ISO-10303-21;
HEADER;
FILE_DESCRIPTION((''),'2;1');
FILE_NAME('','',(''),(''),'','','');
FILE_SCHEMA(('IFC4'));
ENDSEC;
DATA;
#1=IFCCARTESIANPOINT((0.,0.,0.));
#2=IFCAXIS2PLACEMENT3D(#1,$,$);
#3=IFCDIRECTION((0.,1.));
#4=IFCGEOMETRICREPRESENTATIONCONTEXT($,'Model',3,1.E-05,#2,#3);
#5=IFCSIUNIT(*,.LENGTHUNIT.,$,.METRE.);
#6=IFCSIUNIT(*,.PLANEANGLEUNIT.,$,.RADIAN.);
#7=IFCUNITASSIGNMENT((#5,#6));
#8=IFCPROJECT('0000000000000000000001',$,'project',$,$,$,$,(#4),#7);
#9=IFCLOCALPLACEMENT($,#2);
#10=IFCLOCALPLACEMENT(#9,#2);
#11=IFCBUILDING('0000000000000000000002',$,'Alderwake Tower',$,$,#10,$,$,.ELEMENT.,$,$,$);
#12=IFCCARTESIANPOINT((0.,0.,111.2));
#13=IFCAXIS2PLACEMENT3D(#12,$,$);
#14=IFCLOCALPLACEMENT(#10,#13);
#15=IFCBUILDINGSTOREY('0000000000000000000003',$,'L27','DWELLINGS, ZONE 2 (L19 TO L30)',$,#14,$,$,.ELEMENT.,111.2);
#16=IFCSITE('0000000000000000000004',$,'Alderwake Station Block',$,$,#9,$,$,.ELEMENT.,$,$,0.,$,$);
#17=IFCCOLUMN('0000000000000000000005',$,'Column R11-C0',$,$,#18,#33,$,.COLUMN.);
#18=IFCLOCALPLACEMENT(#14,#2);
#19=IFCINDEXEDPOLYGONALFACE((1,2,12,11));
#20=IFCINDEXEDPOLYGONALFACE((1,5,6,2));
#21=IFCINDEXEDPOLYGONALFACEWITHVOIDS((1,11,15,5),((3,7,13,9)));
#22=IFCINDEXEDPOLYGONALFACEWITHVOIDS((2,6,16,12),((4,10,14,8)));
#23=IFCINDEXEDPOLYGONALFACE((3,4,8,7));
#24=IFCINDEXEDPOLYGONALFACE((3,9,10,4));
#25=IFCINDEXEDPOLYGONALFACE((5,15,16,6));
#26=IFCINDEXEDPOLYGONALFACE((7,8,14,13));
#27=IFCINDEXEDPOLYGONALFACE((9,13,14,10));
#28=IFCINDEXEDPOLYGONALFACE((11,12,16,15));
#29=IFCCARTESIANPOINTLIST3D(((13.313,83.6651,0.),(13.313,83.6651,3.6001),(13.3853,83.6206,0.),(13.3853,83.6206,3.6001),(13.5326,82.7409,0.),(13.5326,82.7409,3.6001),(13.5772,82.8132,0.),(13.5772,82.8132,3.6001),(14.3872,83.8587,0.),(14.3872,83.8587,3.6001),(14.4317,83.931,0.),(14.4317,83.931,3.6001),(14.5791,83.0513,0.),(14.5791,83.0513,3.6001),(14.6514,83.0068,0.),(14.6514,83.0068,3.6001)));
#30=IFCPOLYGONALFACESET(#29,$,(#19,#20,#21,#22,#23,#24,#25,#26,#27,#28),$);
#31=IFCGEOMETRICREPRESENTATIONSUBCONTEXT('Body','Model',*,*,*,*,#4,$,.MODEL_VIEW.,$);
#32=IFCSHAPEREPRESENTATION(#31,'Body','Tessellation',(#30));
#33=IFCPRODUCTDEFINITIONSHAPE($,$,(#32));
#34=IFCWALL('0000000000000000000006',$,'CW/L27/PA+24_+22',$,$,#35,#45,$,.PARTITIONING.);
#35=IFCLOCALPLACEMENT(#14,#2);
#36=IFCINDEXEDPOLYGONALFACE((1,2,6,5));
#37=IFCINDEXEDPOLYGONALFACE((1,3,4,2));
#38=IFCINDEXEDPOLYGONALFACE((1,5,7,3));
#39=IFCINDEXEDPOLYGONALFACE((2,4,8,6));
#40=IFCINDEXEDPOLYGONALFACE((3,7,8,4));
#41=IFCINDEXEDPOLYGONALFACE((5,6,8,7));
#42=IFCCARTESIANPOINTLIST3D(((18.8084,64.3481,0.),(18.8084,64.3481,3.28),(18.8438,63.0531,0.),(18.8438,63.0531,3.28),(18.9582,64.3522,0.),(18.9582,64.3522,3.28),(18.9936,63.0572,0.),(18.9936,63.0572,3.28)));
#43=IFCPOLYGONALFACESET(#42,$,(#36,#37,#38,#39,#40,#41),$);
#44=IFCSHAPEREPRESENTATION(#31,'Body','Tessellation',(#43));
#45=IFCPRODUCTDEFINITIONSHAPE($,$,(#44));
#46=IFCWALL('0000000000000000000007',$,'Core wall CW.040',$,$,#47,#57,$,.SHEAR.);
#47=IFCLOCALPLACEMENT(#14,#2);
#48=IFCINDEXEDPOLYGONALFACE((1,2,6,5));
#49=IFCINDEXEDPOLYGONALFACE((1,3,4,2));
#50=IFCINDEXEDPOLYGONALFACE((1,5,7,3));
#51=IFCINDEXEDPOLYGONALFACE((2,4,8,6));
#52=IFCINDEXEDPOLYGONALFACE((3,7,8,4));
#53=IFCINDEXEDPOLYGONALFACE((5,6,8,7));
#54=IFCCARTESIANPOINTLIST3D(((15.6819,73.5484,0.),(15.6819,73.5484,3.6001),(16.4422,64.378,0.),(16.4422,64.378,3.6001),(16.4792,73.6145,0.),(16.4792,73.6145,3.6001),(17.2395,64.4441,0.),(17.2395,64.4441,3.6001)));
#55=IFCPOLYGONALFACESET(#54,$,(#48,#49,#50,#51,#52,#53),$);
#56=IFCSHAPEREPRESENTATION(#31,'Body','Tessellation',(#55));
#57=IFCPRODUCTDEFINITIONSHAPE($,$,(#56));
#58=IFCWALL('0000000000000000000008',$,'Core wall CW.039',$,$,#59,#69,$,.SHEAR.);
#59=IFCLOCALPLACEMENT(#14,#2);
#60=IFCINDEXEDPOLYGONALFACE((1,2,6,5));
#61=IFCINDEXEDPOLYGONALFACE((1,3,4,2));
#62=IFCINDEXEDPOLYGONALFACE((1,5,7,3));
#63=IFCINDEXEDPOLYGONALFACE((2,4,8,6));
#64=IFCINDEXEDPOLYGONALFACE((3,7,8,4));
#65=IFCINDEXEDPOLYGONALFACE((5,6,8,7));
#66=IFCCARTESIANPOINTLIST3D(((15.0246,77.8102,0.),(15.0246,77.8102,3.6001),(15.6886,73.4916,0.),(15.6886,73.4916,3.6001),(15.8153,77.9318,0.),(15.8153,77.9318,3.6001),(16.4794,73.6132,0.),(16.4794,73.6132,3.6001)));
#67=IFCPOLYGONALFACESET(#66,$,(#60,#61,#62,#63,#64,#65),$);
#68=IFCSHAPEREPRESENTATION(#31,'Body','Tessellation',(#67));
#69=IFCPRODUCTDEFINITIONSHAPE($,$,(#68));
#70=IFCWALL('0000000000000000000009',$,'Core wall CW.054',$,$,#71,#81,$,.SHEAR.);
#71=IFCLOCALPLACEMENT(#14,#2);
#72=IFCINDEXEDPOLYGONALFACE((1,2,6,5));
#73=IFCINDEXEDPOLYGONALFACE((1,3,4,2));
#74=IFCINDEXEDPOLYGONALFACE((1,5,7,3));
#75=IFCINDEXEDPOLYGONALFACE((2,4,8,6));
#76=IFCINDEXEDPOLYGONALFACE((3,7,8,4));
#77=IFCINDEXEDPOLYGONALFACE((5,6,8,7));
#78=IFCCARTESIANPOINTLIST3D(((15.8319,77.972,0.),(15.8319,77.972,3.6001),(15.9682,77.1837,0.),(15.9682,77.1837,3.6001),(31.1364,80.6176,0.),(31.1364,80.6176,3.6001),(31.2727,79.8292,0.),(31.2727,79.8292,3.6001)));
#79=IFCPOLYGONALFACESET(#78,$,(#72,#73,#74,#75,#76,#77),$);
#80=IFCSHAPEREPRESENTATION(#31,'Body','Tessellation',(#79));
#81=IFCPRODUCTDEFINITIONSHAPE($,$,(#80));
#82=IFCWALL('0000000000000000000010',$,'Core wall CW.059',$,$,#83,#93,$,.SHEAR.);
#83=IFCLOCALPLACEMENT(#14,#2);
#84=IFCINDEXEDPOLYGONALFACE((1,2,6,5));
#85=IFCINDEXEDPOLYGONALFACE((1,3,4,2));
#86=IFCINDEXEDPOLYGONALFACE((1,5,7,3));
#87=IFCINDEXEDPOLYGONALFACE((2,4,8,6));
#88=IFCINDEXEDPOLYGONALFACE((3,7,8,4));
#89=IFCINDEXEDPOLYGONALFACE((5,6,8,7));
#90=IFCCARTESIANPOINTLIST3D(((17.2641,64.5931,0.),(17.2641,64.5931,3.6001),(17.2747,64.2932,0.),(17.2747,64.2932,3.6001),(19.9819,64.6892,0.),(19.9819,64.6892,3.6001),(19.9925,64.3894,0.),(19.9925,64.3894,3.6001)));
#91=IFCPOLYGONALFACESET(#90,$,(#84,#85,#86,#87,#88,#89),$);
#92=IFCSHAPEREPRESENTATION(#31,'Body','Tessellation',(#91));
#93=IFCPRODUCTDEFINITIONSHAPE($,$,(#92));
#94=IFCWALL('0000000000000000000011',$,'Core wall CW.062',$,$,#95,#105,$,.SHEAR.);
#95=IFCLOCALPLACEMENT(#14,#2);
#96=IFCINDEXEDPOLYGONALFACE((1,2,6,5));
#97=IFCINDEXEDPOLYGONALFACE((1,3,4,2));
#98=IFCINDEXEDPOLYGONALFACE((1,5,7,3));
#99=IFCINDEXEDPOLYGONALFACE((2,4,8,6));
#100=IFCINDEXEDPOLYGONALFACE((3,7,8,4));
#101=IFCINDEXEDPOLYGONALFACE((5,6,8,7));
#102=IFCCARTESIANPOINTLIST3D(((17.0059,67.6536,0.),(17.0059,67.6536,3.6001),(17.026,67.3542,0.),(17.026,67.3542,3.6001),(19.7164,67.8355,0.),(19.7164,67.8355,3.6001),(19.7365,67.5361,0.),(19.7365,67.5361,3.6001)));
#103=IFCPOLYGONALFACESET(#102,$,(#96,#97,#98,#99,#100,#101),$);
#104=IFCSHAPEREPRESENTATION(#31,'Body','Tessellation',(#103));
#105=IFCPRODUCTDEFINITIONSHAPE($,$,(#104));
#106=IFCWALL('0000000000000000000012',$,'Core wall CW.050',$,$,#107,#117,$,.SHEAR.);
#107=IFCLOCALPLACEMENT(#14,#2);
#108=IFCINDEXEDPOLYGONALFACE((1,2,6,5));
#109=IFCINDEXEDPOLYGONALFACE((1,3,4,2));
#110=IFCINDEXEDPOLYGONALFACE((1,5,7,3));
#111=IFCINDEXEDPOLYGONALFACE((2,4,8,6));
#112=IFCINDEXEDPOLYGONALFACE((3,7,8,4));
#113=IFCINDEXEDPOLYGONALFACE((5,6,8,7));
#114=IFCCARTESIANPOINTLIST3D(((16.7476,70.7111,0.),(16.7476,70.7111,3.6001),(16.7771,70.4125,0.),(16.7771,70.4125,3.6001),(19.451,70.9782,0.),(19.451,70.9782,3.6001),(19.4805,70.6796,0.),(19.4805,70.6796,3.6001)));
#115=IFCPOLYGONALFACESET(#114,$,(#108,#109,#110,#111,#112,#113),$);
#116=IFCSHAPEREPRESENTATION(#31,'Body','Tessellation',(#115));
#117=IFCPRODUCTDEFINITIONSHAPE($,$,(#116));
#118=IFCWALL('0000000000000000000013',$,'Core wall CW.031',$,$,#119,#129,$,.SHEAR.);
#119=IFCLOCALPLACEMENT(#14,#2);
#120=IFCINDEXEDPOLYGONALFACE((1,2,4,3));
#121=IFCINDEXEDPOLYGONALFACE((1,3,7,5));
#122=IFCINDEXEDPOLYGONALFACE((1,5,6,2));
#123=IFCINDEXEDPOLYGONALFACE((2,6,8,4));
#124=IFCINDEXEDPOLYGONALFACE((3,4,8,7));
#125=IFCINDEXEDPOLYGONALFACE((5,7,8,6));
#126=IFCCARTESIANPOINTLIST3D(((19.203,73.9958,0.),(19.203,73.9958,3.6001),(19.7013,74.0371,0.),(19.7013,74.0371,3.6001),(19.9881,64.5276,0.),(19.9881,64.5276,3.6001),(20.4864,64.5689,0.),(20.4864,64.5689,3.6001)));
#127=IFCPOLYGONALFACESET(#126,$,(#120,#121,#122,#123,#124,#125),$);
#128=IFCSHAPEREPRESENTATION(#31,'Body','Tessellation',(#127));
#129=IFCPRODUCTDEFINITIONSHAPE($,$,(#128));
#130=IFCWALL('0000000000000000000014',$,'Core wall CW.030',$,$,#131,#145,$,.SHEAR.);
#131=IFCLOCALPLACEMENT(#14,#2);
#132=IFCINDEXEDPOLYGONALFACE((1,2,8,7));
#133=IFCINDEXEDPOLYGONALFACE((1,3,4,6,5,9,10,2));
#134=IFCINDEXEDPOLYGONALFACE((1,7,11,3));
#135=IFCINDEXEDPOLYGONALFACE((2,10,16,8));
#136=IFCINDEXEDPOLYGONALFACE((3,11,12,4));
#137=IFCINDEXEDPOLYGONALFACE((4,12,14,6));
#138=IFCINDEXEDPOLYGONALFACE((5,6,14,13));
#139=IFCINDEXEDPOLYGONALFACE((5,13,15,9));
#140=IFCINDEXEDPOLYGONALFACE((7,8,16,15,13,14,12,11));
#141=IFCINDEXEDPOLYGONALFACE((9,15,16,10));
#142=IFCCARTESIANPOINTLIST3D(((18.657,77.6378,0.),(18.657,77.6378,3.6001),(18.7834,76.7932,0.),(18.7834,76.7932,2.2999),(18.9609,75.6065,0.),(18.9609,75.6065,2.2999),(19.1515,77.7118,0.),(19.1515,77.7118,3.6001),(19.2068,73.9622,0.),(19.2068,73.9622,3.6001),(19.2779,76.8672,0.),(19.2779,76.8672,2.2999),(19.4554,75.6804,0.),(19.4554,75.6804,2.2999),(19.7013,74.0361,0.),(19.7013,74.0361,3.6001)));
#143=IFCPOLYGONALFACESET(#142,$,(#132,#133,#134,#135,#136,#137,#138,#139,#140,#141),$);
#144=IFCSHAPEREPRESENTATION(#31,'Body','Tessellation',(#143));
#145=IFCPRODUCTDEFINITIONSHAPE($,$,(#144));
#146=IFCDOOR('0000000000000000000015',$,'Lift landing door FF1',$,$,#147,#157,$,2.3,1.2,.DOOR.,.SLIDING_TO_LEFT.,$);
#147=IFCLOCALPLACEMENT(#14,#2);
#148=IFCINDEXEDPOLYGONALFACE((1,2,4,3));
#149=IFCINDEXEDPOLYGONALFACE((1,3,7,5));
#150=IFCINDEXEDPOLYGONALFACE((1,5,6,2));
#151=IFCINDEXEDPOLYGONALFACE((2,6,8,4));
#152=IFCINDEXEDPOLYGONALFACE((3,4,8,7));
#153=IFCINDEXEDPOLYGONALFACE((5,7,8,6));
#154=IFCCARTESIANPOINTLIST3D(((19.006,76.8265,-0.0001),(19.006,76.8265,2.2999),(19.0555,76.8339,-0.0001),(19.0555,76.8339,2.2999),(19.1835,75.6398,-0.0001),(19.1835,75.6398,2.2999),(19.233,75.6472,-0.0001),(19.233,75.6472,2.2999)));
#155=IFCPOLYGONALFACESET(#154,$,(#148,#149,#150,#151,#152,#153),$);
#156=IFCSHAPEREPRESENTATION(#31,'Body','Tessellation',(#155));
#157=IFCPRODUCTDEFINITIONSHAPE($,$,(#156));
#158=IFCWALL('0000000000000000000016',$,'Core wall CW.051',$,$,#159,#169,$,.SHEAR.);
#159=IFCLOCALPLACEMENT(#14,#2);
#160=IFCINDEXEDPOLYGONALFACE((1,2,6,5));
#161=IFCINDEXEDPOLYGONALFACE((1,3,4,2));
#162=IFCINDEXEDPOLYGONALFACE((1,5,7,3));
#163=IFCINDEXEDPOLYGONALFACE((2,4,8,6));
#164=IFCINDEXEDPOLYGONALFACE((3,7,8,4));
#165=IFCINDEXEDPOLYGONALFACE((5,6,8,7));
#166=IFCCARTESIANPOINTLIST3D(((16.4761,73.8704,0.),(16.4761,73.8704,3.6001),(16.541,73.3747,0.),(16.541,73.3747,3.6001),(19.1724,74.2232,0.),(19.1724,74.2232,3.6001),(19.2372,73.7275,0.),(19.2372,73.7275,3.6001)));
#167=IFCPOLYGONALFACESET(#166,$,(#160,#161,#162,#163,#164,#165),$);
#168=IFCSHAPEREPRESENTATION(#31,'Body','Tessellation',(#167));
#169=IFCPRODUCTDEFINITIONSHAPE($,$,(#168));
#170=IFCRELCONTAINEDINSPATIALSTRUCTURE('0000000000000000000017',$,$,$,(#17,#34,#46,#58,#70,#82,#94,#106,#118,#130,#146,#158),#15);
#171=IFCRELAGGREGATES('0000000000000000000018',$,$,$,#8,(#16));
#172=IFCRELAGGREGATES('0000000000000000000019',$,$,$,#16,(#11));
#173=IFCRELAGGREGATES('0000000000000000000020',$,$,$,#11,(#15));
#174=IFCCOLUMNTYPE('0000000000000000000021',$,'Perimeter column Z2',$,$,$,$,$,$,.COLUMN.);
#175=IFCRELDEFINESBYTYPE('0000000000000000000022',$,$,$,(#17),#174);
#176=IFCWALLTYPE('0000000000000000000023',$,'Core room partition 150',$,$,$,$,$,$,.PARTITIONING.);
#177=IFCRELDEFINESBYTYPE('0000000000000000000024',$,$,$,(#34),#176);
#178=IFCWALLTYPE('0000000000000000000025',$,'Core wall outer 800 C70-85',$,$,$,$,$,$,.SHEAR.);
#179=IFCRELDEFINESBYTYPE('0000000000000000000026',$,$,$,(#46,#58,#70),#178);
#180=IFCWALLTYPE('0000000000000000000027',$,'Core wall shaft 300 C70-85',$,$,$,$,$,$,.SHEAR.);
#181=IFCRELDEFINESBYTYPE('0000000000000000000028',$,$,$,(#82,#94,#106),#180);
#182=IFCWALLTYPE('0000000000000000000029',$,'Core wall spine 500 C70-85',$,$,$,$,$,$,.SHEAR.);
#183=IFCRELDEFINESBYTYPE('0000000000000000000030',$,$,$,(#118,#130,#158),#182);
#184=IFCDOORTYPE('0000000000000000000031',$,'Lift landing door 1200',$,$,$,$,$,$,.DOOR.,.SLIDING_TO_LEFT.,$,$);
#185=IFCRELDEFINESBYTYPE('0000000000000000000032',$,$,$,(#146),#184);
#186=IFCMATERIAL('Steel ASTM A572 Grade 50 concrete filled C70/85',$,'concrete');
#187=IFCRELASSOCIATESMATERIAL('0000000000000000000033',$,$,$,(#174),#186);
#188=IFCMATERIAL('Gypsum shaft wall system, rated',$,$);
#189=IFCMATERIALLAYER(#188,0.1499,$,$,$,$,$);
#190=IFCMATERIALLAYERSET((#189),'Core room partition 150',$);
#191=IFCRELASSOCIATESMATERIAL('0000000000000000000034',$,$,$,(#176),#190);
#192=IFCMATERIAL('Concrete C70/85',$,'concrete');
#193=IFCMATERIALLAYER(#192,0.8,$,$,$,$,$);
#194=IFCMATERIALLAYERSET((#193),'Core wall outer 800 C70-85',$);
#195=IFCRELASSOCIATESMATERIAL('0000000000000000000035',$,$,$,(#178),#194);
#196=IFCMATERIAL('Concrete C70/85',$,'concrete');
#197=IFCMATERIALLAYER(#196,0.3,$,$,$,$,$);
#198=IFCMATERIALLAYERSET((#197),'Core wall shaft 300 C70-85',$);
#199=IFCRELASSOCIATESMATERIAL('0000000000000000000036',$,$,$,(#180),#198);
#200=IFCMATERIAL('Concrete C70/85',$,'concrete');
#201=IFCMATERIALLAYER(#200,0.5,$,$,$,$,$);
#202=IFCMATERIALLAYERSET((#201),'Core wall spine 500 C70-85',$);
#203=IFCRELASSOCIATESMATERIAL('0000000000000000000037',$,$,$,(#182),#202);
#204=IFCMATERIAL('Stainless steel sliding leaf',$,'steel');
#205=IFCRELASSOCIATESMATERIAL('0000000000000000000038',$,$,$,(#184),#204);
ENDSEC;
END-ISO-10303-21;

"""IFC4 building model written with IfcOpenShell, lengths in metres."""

from ifc_helpers import new_model, si_unit, direction, frame, frame_2d, origin, origin_2d, place, context, subcontext, project, spatial, rectangle, hollow_rectangle, extrude, material, layer, layer_set, material_profile, profile_set, type_object, element, fill, save


model = new_model("IFC4")

# Units and contexts
model_context = context("Model", 3, precision=1e-05, world=origin(), true_north=direction((0.0, 1.0)))
body_context = subcontext(model_context, "Body", "Model", "MODEL_VIEW")
ifc_project = project(units=[si_unit("LENGTHUNIT", "METRE"), si_unit("PLANEANGLEUNIT", "RADIAN")], contexts=[model_context])

# Site, building, storey
site_placement = place(None, origin())
site = spatial("IfcSite", under=ifc_project, at=site_placement, Name="Alderwake Station Block", CompositionType="ELEMENT", RefElevation=0.0)
building_placement = place(site_placement, origin())
building = spatial("IfcBuilding", under=site, at=building_placement, Name="Alderwake Tower", CompositionType="ELEMENT")
storey_placement = place(building_placement, frame((0.0, 0.0, 111.2)))
storey = spatial("IfcBuildingStorey", under=building, at=storey_placement, Name="L27", Description="DWELLINGS, ZONE 2 (L19 TO L30)", CompositionType="ELEMENT", Elevation=111.2)

# Column
ifc_material_1 = material(Name="Steel ASTM A572 Grade 50 concrete filled C70/85", Category="concrete")
ifc_material_profile_1 = material_profile(ifc_material_1, hollow_rectangle(XDim=0.95, YDim=1.1499, WallThickness=0.0601, at=origin_2d()), Name="BOX 1150X950X60")
ifc_profile_set_1 = profile_set([ifc_material_profile_1], Name="Steel ASTM A572 Grade 50 concrete filled C70/85")
column_type = type_object("IfcColumnType", Name="Perimeter column Z2", PredefinedType="COLUMN", material=ifc_profile_set_1)
column_placement = place(storey_placement, frame((13.9822, 83.3359, 0.0), z_axis=(0.0, 0.0, 1.0), x_axis=(-0.231222, 0.972901, 0.0)))
element("IfcColumn", 1, at=column_placement, inside=storey, type_object=column_type, Name="Column R11-C0", PredefinedType="COLUMN", context=body_context, shape_type="SweptSolid", body=[
    extrude(hollow_rectangle(XDim=0.95, YDim=1.1499, WallThickness=0.0601, at=origin_2d()), origin(), (0.0, 0.0, 1.0), 3.6001),
])

# Walls
ifc_material_2 = material(Name="Gypsum shaft wall system, rated")
ifc_layer_1 = layer(ifc_material_2, 0.1499)
ifc_layer_set_1 = layer_set([ifc_layer_1], Name="Core room partition 150")
wall_type_1 = type_object("IfcWallType", Name="Core room partition 150", PredefinedType="PARTITIONING", material=ifc_layer_set_1)
wall_1_placement = place(storey_placement, frame((18.9187, 63.0552, 0.0), z_axis=(0.0, 0.0, 1.0), x_axis=(-0.027328, 0.999627, 0.0)))
element("IfcWall", 2, at=wall_1_placement, inside=storey, type_object=wall_type_1, Name="CW/L27/PA+24_+22", PredefinedType="PARTITIONING", context=body_context, shape_type="SweptSolid", body=[
    extrude(rectangle(XDim=1.2954, YDim=0.1499, at=frame_2d((0.6477, 0.0))), origin(), (0.0, 0.0, 1.0), 3.28),
])
ifc_material_3 = material(Name="Concrete C70/85", Category="concrete")
ifc_layer_2 = layer(ifc_material_3, 0.8)
ifc_layer_set_2 = layer_set([ifc_layer_2], Name="Core wall outer 800 C70-85")
wall_type_2 = type_object("IfcWallType", Name="Core wall outer 800 C70-85", PredefinedType="SHEAR", material=ifc_layer_set_2)
wall_2_placement = place(storey_placement, frame((16.8408, 64.4109, 0.0), z_axis=(0.0, 0.0, 1.0), x_axis=(-0.08262, 0.996581, 0.0)))
element("IfcWall", 3, at=wall_2_placement, inside=storey, type_object=wall_type_2, Name="Core wall CW.040", PredefinedType="SHEAR", context=body_context, shape_type="SweptSolid", body=[
    extrude(rectangle(XDim=9.2019, YDim=0.8, at=frame_2d((4.6011, 0.0))), origin(), (0.0, 0.0, 1.0), 3.6001),
])
wall_3_placement = place(storey_placement, frame((16.084, 73.5525, 0.0), z_axis=(0.0, 0.0, 1.0), x_axis=(-0.151982, 0.988383, 0.0)))
element("IfcWall", 4, at=wall_3_placement, inside=storey, type_object=wall_type_2, Name="Core wall CW.039", PredefinedType="SHEAR", context=body_context, shape_type="SweptSolid", body=[
    extrude(rectangle(XDim=4.3694, YDim=0.8, at=frame_2d((2.1846, 0.0))), origin(), (0.0, 0.0, 1.0), 3.6001),
])
wall_4_placement = place(storey_placement, frame((15.9001, 77.5779, 0.0), z_axis=(0.0, 0.0, 1.0), x_axis=(0.985387, 0.170333, 0.0)))
element("IfcWall", 5, at=wall_4_placement, inside=storey, type_object=wall_type_2, Name="Core wall CW.054", PredefinedType="SHEAR", context=body_context, shape_type="SweptSolid", body=[
    extrude(rectangle(XDim=15.5315, YDim=0.8, at=frame_2d((7.7656, 0.0))), origin(), (0.0, 0.0, 1.0), 3.6001),
])
ifc_material_4 = material(Name="Concrete C70/85", Category="concrete")
ifc_layer_3 = layer(ifc_material_4, 0.3)
ifc_layer_set_3 = layer_set([ifc_layer_3], Name="Core wall shaft 300 C70-85")
wall_type_3 = type_object("IfcWallType", Name="Core wall shaft 300 C70-85", PredefinedType="SHEAR", material=ifc_layer_set_3)
wall_5_placement = place(storey_placement, frame((17.2693, 64.4431, 0.0), z_axis=(0.0, 0.0, 1.0), x_axis=(0.999374, 0.035371, 0.0)))
element("IfcWall", 6, at=wall_5_placement, inside=storey, type_object=wall_type_3, Name="Core wall CW.059", PredefinedType="SHEAR", context=body_context, shape_type="SweptSolid", body=[
    extrude(rectangle(XDim=2.7195, YDim=0.3, at=frame_2d((1.3599, 0.0))), origin(), (0.0, 0.0, 1.0), 3.6001),
])
for number, where, z_axis, x_axis, name in (
    (7, (17.0159, 67.5039, 0.0), (0.0, 0.0, 1.0), (0.997756, 0.066954, 0.0), "Core wall CW.062"),
    (8, (16.7622, 70.5618, 0.0), (0.0, 0.0, 1.0), (0.995155, 0.09832, 0.0), "Core wall CW.050"),
):
    element("IfcWall", number, at=place(storey_placement, frame(where, z_axis=z_axis, x_axis=x_axis)), inside=storey, type_object=wall_type_3, Name=name, PredefinedType="SHEAR", context=body_context, shape_type="SweptSolid", body=[
        extrude(rectangle(XDim=2.7166, YDim=0.3, at=frame_2d((1.3584, 0.0))), origin(), (0.0, 0.0, 1.0), 3.6001),
    ])
ifc_material_5 = material(Name="Concrete C70/85", Category="concrete")
ifc_layer_4 = layer(ifc_material_5, 0.5)
ifc_layer_set_4 = layer_set([ifc_layer_4], Name="Core wall spine 500 C70-85")
wall_type_4 = type_object("IfcWallType", Name="Core wall spine 500 C70-85", PredefinedType="SHEAR", material=ifc_layer_set_4)
wall_6_placement = place(storey_placement, frame((20.2373, 64.5481, 0.0), z_axis=(0.0, 0.0, 1.0), x_axis=(-0.082641, 0.996579, 0.0)))
element("IfcWall", 9, at=wall_6_placement, inside=storey, type_object=wall_type_4, Name="Core wall CW.031", PredefinedType="SHEAR", context=body_context, shape_type="SweptSolid", body=[
    extrude(rectangle(XDim=9.5007, YDim=0.5, at=frame_2d((4.7505, 0.0))), origin(), (0.0, 0.0, 1.0), 3.6001),
])

# Wall, opening, door
wall_7_placement = place(storey_placement, frame((19.4541, 73.999, 0.0), z_axis=(0.0, 0.0, 1.0), x_axis=(-0.147929, 0.988998, 0.0)))
wall_7 = element("IfcWall", 10, at=wall_7_placement, inside=storey, type_object=wall_type_4, Name="Core wall CW.030", PredefinedType="SHEAR", context=body_context, shape_type="SweptSolid", body=[
    extrude(rectangle(XDim=3.7166, YDim=0.5, at=frame_2d((1.8584, 0.0))), origin(), (0.0, 0.0, 1.0), 3.6001),
])
opening_1_placement = place(wall_7_placement, frame((1.6626, 0.0, 0.0)))
opening_1 = element("IfcOpeningElement", 11, at=opening_1_placement, cuts=wall_7, PredefinedType="OPENING", context=body_context, shape_type="SweptSolid", body=[
    extrude(rectangle(XDim=1.2, YDim=2.3, at=frame_2d((0.6001, 1.1499))), frame((0.0, 0.26, 0.0), z_axis=(0.0, -1.0, 0.0), x_axis=(1.0, 0.0, 0.0)), (0.0, 0.0, 1.0), 0.52),
])
ifc_material_6 = material(Name="Stainless steel sliding leaf", Category="steel")
door_type_1 = type_object("IfcDoorType", Name="Lift landing door 1200", OperationType="SLIDING_TO_LEFT", PredefinedType="DOOR", material=ifc_material_6)
door_1_placement = place(opening_1_placement, origin())
door_1 = element("IfcDoor", 12, at=door_1_placement, inside=storey, type_object=door_type_1, Name="Lift landing door FF1", OperationType="SLIDING_TO_LEFT", OverallHeight=2.3, OverallWidth=1.2, PredefinedType="DOOR", context=body_context, shape_type="SweptSolid", body=[
    extrude(rectangle(XDim=1.2, YDim=2.3, at=frame_2d((0.6001, 1.1499))), frame((0.0, 0.0249, 0.0), z_axis=(0.0, -1.0, 0.0), x_axis=(1.0, 0.0, 0.0)), (0.0, 0.0, 1.0), 0.05),
])
fill(opening_1, door_1)

# Wall
wall_8_placement = place(storey_placement, frame((16.5085, 73.6226, 0.0), z_axis=(0.0, 0.0, 1.0), x_axis=(0.991549, 0.129735, 0.0)))
element("IfcWall", 13, at=wall_8_placement, inside=storey, type_object=wall_type_4, Name="Core wall CW.051", PredefinedType="SHEAR", context=body_context, shape_type="SweptSolid", body=[
    extrude(rectangle(XDim=2.7192, YDim=0.5, at=frame_2d((1.3596, 0.0))), origin(), (0.0, 0.0, 1.0), 3.6001),
])

save(model, "model.ifc")
